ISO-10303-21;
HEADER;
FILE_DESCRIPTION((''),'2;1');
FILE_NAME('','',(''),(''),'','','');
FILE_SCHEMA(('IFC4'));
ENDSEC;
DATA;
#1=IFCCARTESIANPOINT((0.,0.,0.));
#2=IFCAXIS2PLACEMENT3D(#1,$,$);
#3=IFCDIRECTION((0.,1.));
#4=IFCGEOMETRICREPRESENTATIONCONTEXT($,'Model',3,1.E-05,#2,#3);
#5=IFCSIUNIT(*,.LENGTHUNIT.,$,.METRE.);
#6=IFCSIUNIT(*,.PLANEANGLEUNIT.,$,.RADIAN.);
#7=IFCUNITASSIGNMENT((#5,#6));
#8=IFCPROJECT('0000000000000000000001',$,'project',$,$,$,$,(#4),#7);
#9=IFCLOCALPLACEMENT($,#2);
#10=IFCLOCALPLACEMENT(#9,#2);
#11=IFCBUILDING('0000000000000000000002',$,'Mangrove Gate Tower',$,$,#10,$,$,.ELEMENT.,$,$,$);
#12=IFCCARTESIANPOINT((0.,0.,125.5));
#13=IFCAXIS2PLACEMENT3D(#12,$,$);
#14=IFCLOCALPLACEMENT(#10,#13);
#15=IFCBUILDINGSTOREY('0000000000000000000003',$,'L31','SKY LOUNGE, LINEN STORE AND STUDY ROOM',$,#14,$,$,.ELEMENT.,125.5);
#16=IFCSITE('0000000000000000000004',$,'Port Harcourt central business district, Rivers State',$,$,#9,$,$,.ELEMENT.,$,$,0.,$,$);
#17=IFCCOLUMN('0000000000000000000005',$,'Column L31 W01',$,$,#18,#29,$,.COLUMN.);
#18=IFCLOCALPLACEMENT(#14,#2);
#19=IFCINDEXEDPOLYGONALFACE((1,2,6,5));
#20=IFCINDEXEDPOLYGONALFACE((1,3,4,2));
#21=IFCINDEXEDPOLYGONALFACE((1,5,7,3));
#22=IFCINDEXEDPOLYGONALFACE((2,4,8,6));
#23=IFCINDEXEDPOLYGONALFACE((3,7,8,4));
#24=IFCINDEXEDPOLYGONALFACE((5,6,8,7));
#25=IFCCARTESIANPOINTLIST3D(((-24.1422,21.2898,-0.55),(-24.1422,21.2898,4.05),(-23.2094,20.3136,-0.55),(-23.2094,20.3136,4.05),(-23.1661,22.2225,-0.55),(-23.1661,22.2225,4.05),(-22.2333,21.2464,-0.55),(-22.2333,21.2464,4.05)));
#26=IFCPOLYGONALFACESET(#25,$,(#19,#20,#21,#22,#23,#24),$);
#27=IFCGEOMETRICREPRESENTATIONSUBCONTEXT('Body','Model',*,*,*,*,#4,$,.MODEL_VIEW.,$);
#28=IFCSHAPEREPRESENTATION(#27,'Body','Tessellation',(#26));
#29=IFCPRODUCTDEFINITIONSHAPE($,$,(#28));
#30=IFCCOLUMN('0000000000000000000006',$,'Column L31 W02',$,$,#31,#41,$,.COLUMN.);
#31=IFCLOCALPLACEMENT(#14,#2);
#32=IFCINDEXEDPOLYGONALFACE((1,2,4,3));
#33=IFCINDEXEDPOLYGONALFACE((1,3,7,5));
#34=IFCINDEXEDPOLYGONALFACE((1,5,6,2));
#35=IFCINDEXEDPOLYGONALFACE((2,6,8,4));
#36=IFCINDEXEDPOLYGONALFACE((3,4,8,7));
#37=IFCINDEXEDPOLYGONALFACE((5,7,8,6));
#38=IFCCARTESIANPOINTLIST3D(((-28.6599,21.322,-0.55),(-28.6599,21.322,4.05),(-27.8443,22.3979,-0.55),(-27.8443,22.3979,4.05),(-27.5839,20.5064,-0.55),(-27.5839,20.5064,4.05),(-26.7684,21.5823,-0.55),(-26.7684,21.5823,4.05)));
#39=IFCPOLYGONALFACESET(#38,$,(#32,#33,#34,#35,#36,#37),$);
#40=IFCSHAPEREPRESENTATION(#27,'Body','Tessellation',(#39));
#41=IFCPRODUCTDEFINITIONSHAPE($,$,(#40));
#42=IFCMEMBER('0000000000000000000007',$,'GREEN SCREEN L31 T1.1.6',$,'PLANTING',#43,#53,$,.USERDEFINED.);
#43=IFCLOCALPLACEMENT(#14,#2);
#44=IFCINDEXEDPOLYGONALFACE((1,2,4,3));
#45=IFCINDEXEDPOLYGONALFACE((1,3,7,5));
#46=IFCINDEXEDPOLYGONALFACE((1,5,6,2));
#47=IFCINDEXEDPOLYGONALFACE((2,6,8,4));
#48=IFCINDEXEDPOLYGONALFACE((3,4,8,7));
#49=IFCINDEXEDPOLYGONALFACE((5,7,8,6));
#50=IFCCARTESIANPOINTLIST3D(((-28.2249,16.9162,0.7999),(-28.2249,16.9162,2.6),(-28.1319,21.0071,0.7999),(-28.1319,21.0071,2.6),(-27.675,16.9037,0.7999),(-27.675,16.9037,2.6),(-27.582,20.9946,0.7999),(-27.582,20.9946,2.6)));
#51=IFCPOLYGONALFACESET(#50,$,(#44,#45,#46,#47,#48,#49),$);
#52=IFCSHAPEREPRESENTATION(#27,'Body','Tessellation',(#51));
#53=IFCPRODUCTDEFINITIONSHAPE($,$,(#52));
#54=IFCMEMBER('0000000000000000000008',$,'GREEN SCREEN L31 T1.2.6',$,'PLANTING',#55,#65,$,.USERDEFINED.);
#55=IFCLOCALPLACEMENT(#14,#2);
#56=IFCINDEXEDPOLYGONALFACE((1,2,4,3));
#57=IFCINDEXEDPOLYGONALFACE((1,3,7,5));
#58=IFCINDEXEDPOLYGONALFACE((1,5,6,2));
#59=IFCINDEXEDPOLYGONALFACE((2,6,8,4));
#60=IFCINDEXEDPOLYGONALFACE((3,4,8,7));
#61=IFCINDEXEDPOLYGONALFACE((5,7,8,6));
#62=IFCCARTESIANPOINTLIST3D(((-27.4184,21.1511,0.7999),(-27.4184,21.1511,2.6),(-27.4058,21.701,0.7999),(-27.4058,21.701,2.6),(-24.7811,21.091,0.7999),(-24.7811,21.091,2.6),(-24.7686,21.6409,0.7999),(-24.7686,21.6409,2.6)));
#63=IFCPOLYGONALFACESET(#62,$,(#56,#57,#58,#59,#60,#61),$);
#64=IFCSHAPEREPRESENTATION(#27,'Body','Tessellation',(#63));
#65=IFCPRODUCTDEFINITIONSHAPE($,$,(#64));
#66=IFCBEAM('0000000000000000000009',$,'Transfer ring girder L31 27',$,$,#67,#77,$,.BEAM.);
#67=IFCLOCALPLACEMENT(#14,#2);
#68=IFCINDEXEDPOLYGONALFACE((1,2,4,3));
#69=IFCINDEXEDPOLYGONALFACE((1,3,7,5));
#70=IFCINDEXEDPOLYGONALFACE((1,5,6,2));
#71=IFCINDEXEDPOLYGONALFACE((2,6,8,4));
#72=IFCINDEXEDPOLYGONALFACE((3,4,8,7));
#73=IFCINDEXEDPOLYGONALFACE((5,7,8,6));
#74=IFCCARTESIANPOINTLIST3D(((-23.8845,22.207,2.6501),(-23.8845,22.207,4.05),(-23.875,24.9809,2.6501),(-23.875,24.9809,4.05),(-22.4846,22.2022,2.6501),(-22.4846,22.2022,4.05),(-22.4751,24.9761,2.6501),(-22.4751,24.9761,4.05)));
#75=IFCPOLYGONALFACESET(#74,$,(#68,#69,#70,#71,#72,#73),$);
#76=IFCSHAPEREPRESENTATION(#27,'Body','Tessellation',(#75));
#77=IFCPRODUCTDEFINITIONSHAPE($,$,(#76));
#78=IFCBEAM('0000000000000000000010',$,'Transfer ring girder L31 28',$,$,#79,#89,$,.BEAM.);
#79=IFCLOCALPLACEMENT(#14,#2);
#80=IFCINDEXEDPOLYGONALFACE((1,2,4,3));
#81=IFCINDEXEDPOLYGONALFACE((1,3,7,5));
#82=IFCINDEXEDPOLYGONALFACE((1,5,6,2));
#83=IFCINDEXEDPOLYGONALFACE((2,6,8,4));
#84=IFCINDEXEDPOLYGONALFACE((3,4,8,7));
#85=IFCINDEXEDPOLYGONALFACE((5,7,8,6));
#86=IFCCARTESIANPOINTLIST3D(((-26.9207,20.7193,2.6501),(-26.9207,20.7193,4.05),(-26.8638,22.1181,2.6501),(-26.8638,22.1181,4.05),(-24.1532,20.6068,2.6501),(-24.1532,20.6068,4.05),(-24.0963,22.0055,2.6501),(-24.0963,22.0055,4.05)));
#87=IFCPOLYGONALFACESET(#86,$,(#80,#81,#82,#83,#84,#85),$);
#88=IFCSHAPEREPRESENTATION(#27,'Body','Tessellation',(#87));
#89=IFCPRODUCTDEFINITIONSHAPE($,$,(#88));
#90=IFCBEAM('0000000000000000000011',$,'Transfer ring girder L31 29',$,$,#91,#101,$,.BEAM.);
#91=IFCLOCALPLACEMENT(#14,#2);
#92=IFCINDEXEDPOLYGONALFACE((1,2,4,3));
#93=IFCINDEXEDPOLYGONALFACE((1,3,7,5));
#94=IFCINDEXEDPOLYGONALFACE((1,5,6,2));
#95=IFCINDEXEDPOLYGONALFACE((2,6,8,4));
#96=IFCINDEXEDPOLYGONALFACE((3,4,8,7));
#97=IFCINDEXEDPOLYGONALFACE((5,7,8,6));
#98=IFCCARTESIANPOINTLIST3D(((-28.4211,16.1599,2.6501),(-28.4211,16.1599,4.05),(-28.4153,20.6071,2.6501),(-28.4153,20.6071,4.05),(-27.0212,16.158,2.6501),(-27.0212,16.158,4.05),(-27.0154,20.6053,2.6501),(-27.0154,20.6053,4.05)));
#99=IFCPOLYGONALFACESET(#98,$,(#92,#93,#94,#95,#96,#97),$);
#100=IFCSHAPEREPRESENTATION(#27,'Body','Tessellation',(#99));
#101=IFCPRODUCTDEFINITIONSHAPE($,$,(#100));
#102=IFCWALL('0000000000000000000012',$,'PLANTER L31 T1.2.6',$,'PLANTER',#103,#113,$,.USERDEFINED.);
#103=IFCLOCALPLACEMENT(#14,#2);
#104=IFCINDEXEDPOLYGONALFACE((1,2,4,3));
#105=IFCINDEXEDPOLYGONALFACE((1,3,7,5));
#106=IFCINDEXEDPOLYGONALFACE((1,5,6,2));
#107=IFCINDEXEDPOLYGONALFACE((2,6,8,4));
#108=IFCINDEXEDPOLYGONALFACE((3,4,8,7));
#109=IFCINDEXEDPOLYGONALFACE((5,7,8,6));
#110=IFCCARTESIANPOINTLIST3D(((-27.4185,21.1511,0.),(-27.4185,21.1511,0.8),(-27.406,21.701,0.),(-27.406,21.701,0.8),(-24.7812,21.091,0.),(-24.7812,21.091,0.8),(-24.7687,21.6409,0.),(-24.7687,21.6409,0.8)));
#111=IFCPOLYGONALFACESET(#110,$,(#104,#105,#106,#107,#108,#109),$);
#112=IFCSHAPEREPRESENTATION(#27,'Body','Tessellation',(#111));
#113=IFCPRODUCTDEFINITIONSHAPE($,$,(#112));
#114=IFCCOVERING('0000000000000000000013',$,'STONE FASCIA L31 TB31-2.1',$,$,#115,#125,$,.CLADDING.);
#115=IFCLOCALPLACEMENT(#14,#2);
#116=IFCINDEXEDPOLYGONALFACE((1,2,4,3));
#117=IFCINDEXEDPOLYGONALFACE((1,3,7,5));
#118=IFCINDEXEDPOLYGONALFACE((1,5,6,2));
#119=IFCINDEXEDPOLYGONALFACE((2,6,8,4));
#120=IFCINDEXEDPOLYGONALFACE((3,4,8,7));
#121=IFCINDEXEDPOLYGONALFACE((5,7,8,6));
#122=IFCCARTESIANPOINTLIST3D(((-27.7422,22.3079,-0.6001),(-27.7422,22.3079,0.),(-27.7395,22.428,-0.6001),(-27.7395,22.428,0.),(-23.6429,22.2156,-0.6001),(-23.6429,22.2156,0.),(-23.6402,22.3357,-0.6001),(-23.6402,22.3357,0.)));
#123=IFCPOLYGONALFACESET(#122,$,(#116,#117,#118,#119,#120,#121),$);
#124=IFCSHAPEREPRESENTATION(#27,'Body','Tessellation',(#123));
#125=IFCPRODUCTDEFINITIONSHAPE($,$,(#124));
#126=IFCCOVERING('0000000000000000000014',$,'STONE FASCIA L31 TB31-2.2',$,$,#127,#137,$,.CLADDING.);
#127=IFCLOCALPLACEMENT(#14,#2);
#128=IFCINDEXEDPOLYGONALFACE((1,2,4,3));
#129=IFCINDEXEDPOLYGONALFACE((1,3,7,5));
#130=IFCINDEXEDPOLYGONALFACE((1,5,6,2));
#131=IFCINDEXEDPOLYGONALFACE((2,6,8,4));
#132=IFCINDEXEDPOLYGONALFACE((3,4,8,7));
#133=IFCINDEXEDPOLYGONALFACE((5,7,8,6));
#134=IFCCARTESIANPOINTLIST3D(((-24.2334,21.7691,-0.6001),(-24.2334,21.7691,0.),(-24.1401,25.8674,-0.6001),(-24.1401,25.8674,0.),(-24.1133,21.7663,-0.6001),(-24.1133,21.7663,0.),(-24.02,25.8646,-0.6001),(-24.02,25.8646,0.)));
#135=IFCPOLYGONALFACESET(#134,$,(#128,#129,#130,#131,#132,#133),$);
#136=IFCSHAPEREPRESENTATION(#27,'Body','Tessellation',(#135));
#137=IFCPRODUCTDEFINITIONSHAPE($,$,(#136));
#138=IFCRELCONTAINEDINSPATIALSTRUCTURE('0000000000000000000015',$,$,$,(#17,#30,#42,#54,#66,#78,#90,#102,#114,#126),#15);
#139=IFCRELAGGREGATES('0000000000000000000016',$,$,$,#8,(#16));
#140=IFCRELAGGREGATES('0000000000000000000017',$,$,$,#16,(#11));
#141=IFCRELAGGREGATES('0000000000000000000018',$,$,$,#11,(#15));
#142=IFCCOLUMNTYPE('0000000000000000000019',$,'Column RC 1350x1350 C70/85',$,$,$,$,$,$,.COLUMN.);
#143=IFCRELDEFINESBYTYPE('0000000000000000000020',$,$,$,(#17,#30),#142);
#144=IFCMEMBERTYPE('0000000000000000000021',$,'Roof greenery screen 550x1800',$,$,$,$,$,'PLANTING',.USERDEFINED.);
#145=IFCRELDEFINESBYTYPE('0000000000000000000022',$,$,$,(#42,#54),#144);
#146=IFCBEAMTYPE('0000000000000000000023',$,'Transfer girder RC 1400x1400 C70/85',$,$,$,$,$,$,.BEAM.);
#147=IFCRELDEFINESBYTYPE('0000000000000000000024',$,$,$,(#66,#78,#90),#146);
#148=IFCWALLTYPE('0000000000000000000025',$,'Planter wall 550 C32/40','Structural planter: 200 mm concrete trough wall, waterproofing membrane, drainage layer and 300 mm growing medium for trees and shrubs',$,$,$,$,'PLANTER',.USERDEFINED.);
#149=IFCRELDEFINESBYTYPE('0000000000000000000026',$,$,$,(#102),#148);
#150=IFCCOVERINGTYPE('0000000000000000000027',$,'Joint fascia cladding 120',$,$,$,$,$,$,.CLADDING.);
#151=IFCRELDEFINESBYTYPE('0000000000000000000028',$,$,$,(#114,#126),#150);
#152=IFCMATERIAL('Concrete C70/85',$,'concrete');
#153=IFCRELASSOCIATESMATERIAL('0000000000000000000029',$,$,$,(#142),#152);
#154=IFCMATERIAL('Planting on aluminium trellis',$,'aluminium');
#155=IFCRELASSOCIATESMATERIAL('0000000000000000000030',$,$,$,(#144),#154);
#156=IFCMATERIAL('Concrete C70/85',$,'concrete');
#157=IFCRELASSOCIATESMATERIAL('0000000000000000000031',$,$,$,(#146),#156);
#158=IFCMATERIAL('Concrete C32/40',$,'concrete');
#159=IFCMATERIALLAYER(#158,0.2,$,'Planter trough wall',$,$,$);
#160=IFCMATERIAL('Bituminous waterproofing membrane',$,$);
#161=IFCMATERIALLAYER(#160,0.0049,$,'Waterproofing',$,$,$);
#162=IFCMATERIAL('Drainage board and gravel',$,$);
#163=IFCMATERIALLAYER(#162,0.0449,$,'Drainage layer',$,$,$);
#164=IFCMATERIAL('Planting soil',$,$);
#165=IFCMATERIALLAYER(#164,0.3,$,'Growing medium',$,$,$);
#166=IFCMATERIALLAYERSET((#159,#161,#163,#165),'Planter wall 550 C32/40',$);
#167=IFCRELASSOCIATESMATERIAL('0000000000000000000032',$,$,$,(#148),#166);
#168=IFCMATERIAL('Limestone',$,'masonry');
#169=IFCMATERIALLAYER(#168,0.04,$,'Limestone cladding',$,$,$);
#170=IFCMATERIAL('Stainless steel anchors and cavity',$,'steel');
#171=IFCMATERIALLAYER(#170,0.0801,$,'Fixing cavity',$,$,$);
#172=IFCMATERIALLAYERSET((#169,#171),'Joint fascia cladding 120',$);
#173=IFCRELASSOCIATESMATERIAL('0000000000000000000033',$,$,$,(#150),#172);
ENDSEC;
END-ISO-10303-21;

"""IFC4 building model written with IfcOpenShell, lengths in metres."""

from ifc_helpers import new_model, si_unit, direction, frame, frame_2d, origin, origin_2d, place, context, subcontext, project, spatial, rectangle, extrude, material, layer, layer_set, material_profile, profile_set, type_object, element, save


model = new_model("IFC4")

# Units and contexts
model_context = context("Model", 3, precision=1e-05, world=origin(), true_north=direction((0.0, 1.0)))
body_context = subcontext(model_context, "Body", "Model", "MODEL_VIEW")
ifc_project = project(units=[si_unit("LENGTHUNIT", "METRE"), si_unit("PLANEANGLEUNIT", "RADIAN")], contexts=[model_context])

# Site, building, storey
site_placement = place(None, origin())
site = spatial("IfcSite", under=ifc_project, at=site_placement, Name="Port Harcourt central business district, Rivers State", CompositionType="ELEMENT", RefElevation=0.0)
building_placement = place(site_placement, origin())
building = spatial("IfcBuilding", under=site, at=building_placement, Name="Mangrove Gate Tower", CompositionType="ELEMENT")
storey_placement = place(building_placement, frame((0.0, 0.0, 125.5)))
storey = spatial("IfcBuildingStorey", under=building, at=storey_placement, Name="L31", Description="SKY LOUNGE, LINEN STORE AND STUDY ROOM", CompositionType="ELEMENT", Elevation=125.5)

# Columns
ifc_material_1 = material(Name="Concrete C70/85", Category="concrete")
ifc_material_profile_1 = material_profile(ifc_material_1, rectangle(XDim=1.3501, YDim=1.3501, at=origin_2d()))
ifc_profile_set_1 = profile_set([ifc_material_profile_1], Name="Concrete C70/85")
column_type = type_object("IfcColumnType", Name="Column RC 1350x1350 C70/85", PredefinedType="COLUMN", material=ifc_profile_set_1)
for number, where, z_axis, x_axis, name in (
    (1, (-23.1877, 21.2681, -0.55), (0.0, 0.0, 1.0), (-0.722989, -0.69086, 0.0), "Column L31 W01"),
    (2, (-27.7141, 21.4521, -0.55), (0.0, 0.0, 1.0), (-0.604088, -0.796917, 0.0), "Column L31 W02"),
):
    element("IfcColumn", number, at=place(storey_placement, frame(where, z_axis=z_axis, x_axis=x_axis)), inside=storey, type_object=column_type, Name=name, PredefinedType="COLUMN", context=body_context, shape_type="SweptSolid", body=[
        extrude(rectangle(XDim=1.3501, YDim=1.3501, at=origin_2d()), origin(), (0.0, 0.0, 1.0), 4.6001),
    ])

# Members
ifc_material_2 = material(Name="Planting on aluminium trellis", Category="aluminium")
ifc_material_profile_2 = material_profile(ifc_material_2, rectangle(XDim=0.55, YDim=1.8, at=origin_2d()))
ifc_profile_set_2 = profile_set([ifc_material_profile_2], Name="Planting on aluminium trellis")
member_type = type_object("IfcMemberType", Name="Roof greenery screen 550x1800", ElementType="PLANTING", PredefinedType="USERDEFINED", material=ifc_profile_set_2)
member_1_placement = place(storey_placement, frame((-27.95, 16.9099, 1.7), z_axis=(0.022731, 0.999742, 0.0), x_axis=(-0.999742, 0.022731, 0.0)))
element("IfcMember", 3, at=member_1_placement, inside=storey, type_object=member_type, Name="GREEN SCREEN L31 T1.1.6", ObjectType="PLANTING", PredefinedType="USERDEFINED", context=body_context, shape_type="SweptSolid", body=[
    extrude(rectangle(XDim=0.55, YDim=1.8, at=origin_2d()), origin(), (0.0, 0.0, 1.0), 4.092),
])
member_2_placement = place(storey_placement, frame((-27.4121, 21.426, 1.7), z_axis=(0.999741, -0.022768, 0.0), x_axis=(0.022768, 0.999741, 0.0)))
element("IfcMember", 4, at=member_2_placement, inside=storey, type_object=member_type, Name="GREEN SCREEN L31 T1.2.6", ObjectType="PLANTING", PredefinedType="USERDEFINED", context=body_context, shape_type="SweptSolid", body=[
    extrude(rectangle(XDim=0.55, YDim=1.8, at=origin_2d()), origin(), (0.0, 0.0, 1.0), 2.6379),
])

# Beams
ifc_material_3 = material(Name="Concrete C70/85", Category="concrete")
ifc_material_profile_3 = material_profile(ifc_material_3, rectangle(XDim=1.3999, YDim=1.3999, at=origin_2d()))
ifc_profile_set_3 = profile_set([ifc_material_profile_3], Name="Concrete C70/85")
beam_type = type_object("IfcBeamType", Name="Transfer girder RC 1400x1400 C70/85", PredefinedType="BEAM", material=ifc_profile_set_3)
beam_1_placement = place(storey_placement, frame((-23.175, 24.9785, 3.3501), z_axis=(-0.003432, -0.999994, 0.0), x_axis=(0.999994, -0.003432, 0.0)))
element("IfcBeam", 5, at=beam_1_placement, inside=storey, type_object=beam_type, Name="Transfer ring girder L31 27", PredefinedType="BEAM", context=body_context, shape_type="SweptSolid", body=[
    extrude(rectangle(XDim=1.3999, YDim=1.3999, at=origin_2d()), origin(), (0.0, 0.0, 1.0), 2.7739),
])
beam_2_placement = place(storey_placement, frame((-24.1248, 21.3062, 3.3501), z_axis=(-0.999174, 0.040633, 0.0), x_axis=(-0.040633, -0.999174, 0.0)))
element("IfcBeam", 6, at=beam_2_placement, inside=storey, type_object=beam_type, Name="Transfer ring girder L31 28", PredefinedType="BEAM", context=body_context, shape_type="SweptSolid", body=[
    extrude(rectangle(XDim=1.3999, YDim=1.3999, at=origin_2d()), origin(), (0.0, 0.0, 1.0), 2.7698),
])
beam_3_placement = place(storey_placement, frame((-27.7153, 20.6062, 3.3501), z_axis=(-0.001318, -0.999999, 0.0), x_axis=(0.999999, -0.001318, 0.0)))
element("IfcBeam", 7, at=beam_3_placement, inside=storey, type_object=beam_type, Name="Transfer ring girder L31 29", PredefinedType="BEAM", context=body_context, shape_type="SweptSolid", body=[
    extrude(rectangle(XDim=1.3999, YDim=1.3999, at=origin_2d()), origin(), (0.0, 0.0, 1.0), 4.4473),
])

# Wall
ifc_material_4 = material(Name="Concrete C32/40", Category="concrete")
ifc_layer_1 = layer(ifc_material_4, 0.2, Name="Planter trough wall")
ifc_material_5 = material(Name="Bituminous waterproofing membrane")
ifc_layer_2 = layer(ifc_material_5, 0.0049, Name="Waterproofing")
ifc_material_6 = material(Name="Drainage board and gravel")
ifc_layer_3 = layer(ifc_material_6, 0.0449, Name="Drainage layer")
ifc_material_7 = material(Name="Planting soil")
ifc_layer_4 = layer(ifc_material_7, 0.3, Name="Growing medium")
ifc_layer_set_1 = layer_set([ifc_layer_1, ifc_layer_2, ifc_layer_3, ifc_layer_4], Name="Planter wall 550 C32/40")
wall_type = type_object("IfcWallType", Name="Planter wall 550 C32/40", Description="Structural planter: 200 mm concrete trough wall, waterproofing membrane, drainage layer and 300 mm growing medium for trees and shrubs", ElementType="PLANTER", PredefinedType="USERDEFINED", material=ifc_layer_set_1)
wall_placement = place(storey_placement, frame((-27.4121, 21.426, 0.0), z_axis=(0.0, 0.0, 1.0), x_axis=(0.999741, -0.022768, 0.0)))
element("IfcWall", 8, at=wall_placement, inside=storey, type_object=wall_type, Name="PLANTER L31 T1.2.6", ObjectType="PLANTER", PredefinedType="USERDEFINED", context=body_context, shape_type="SweptSolid", body=[
    extrude(rectangle(XDim=2.6379, YDim=0.55, at=frame_2d((1.3188, 0.0))), origin(), (0.0, 0.0, 1.0), 0.8),
])

# Coverings
ifc_material_8 = material(Name="Limestone", Category="masonry")
ifc_layer_5 = layer(ifc_material_8, 0.04, Name="Limestone cladding")
ifc_material_9 = material(Name="Stainless steel anchors and cavity", Category="steel")
ifc_layer_6 = layer(ifc_material_9, 0.0801, Name="Fixing cavity")
ifc_layer_set_2 = layer_set([ifc_layer_5, ifc_layer_6], Name="Joint fascia cladding 120")
covering_type = type_object("IfcCoveringType", Name="Joint fascia cladding 120", PredefinedType="CLADDING", material=ifc_layer_set_2)
covering_1_placement = place(storey_placement, frame((-27.741, 22.3679, -0.6001), z_axis=(0.0, 0.0, 1.0), x_axis=(0.999747, -0.022506, 0.0)))
element("IfcCovering", 9, at=covering_1_placement, inside=storey, type_object=covering_type, Name="STONE FASCIA L31 TB31-2.1", PredefinedType="CLADDING", context=body_context, shape_type="SweptSolid", body=[
    extrude(rectangle(XDim=4.1003, YDim=0.1201, at=frame_2d((2.0503, 0.0))), origin(), (0.0, 0.0, 1.0), 0.6001),
])
covering_2_placement = place(storey_placement, frame((-24.1733, 21.7676, -0.6001), z_axis=(0.0, 0.0, 1.0), x_axis=(0.02275, 0.999741, 0.0)))
element("IfcCovering", 10, at=covering_2_placement, inside=storey, type_object=covering_type, Name="STONE FASCIA L31 TB31-2.2", PredefinedType="CLADDING", context=body_context, shape_type="SweptSolid", body=[
    extrude(rectangle(XDim=4.0994, YDim=0.1201, at=frame_2d((2.0498, 0.0))), origin(), (0.0, 0.0, 1.0), 0.6001),
])

save(model, "model.ifc")
